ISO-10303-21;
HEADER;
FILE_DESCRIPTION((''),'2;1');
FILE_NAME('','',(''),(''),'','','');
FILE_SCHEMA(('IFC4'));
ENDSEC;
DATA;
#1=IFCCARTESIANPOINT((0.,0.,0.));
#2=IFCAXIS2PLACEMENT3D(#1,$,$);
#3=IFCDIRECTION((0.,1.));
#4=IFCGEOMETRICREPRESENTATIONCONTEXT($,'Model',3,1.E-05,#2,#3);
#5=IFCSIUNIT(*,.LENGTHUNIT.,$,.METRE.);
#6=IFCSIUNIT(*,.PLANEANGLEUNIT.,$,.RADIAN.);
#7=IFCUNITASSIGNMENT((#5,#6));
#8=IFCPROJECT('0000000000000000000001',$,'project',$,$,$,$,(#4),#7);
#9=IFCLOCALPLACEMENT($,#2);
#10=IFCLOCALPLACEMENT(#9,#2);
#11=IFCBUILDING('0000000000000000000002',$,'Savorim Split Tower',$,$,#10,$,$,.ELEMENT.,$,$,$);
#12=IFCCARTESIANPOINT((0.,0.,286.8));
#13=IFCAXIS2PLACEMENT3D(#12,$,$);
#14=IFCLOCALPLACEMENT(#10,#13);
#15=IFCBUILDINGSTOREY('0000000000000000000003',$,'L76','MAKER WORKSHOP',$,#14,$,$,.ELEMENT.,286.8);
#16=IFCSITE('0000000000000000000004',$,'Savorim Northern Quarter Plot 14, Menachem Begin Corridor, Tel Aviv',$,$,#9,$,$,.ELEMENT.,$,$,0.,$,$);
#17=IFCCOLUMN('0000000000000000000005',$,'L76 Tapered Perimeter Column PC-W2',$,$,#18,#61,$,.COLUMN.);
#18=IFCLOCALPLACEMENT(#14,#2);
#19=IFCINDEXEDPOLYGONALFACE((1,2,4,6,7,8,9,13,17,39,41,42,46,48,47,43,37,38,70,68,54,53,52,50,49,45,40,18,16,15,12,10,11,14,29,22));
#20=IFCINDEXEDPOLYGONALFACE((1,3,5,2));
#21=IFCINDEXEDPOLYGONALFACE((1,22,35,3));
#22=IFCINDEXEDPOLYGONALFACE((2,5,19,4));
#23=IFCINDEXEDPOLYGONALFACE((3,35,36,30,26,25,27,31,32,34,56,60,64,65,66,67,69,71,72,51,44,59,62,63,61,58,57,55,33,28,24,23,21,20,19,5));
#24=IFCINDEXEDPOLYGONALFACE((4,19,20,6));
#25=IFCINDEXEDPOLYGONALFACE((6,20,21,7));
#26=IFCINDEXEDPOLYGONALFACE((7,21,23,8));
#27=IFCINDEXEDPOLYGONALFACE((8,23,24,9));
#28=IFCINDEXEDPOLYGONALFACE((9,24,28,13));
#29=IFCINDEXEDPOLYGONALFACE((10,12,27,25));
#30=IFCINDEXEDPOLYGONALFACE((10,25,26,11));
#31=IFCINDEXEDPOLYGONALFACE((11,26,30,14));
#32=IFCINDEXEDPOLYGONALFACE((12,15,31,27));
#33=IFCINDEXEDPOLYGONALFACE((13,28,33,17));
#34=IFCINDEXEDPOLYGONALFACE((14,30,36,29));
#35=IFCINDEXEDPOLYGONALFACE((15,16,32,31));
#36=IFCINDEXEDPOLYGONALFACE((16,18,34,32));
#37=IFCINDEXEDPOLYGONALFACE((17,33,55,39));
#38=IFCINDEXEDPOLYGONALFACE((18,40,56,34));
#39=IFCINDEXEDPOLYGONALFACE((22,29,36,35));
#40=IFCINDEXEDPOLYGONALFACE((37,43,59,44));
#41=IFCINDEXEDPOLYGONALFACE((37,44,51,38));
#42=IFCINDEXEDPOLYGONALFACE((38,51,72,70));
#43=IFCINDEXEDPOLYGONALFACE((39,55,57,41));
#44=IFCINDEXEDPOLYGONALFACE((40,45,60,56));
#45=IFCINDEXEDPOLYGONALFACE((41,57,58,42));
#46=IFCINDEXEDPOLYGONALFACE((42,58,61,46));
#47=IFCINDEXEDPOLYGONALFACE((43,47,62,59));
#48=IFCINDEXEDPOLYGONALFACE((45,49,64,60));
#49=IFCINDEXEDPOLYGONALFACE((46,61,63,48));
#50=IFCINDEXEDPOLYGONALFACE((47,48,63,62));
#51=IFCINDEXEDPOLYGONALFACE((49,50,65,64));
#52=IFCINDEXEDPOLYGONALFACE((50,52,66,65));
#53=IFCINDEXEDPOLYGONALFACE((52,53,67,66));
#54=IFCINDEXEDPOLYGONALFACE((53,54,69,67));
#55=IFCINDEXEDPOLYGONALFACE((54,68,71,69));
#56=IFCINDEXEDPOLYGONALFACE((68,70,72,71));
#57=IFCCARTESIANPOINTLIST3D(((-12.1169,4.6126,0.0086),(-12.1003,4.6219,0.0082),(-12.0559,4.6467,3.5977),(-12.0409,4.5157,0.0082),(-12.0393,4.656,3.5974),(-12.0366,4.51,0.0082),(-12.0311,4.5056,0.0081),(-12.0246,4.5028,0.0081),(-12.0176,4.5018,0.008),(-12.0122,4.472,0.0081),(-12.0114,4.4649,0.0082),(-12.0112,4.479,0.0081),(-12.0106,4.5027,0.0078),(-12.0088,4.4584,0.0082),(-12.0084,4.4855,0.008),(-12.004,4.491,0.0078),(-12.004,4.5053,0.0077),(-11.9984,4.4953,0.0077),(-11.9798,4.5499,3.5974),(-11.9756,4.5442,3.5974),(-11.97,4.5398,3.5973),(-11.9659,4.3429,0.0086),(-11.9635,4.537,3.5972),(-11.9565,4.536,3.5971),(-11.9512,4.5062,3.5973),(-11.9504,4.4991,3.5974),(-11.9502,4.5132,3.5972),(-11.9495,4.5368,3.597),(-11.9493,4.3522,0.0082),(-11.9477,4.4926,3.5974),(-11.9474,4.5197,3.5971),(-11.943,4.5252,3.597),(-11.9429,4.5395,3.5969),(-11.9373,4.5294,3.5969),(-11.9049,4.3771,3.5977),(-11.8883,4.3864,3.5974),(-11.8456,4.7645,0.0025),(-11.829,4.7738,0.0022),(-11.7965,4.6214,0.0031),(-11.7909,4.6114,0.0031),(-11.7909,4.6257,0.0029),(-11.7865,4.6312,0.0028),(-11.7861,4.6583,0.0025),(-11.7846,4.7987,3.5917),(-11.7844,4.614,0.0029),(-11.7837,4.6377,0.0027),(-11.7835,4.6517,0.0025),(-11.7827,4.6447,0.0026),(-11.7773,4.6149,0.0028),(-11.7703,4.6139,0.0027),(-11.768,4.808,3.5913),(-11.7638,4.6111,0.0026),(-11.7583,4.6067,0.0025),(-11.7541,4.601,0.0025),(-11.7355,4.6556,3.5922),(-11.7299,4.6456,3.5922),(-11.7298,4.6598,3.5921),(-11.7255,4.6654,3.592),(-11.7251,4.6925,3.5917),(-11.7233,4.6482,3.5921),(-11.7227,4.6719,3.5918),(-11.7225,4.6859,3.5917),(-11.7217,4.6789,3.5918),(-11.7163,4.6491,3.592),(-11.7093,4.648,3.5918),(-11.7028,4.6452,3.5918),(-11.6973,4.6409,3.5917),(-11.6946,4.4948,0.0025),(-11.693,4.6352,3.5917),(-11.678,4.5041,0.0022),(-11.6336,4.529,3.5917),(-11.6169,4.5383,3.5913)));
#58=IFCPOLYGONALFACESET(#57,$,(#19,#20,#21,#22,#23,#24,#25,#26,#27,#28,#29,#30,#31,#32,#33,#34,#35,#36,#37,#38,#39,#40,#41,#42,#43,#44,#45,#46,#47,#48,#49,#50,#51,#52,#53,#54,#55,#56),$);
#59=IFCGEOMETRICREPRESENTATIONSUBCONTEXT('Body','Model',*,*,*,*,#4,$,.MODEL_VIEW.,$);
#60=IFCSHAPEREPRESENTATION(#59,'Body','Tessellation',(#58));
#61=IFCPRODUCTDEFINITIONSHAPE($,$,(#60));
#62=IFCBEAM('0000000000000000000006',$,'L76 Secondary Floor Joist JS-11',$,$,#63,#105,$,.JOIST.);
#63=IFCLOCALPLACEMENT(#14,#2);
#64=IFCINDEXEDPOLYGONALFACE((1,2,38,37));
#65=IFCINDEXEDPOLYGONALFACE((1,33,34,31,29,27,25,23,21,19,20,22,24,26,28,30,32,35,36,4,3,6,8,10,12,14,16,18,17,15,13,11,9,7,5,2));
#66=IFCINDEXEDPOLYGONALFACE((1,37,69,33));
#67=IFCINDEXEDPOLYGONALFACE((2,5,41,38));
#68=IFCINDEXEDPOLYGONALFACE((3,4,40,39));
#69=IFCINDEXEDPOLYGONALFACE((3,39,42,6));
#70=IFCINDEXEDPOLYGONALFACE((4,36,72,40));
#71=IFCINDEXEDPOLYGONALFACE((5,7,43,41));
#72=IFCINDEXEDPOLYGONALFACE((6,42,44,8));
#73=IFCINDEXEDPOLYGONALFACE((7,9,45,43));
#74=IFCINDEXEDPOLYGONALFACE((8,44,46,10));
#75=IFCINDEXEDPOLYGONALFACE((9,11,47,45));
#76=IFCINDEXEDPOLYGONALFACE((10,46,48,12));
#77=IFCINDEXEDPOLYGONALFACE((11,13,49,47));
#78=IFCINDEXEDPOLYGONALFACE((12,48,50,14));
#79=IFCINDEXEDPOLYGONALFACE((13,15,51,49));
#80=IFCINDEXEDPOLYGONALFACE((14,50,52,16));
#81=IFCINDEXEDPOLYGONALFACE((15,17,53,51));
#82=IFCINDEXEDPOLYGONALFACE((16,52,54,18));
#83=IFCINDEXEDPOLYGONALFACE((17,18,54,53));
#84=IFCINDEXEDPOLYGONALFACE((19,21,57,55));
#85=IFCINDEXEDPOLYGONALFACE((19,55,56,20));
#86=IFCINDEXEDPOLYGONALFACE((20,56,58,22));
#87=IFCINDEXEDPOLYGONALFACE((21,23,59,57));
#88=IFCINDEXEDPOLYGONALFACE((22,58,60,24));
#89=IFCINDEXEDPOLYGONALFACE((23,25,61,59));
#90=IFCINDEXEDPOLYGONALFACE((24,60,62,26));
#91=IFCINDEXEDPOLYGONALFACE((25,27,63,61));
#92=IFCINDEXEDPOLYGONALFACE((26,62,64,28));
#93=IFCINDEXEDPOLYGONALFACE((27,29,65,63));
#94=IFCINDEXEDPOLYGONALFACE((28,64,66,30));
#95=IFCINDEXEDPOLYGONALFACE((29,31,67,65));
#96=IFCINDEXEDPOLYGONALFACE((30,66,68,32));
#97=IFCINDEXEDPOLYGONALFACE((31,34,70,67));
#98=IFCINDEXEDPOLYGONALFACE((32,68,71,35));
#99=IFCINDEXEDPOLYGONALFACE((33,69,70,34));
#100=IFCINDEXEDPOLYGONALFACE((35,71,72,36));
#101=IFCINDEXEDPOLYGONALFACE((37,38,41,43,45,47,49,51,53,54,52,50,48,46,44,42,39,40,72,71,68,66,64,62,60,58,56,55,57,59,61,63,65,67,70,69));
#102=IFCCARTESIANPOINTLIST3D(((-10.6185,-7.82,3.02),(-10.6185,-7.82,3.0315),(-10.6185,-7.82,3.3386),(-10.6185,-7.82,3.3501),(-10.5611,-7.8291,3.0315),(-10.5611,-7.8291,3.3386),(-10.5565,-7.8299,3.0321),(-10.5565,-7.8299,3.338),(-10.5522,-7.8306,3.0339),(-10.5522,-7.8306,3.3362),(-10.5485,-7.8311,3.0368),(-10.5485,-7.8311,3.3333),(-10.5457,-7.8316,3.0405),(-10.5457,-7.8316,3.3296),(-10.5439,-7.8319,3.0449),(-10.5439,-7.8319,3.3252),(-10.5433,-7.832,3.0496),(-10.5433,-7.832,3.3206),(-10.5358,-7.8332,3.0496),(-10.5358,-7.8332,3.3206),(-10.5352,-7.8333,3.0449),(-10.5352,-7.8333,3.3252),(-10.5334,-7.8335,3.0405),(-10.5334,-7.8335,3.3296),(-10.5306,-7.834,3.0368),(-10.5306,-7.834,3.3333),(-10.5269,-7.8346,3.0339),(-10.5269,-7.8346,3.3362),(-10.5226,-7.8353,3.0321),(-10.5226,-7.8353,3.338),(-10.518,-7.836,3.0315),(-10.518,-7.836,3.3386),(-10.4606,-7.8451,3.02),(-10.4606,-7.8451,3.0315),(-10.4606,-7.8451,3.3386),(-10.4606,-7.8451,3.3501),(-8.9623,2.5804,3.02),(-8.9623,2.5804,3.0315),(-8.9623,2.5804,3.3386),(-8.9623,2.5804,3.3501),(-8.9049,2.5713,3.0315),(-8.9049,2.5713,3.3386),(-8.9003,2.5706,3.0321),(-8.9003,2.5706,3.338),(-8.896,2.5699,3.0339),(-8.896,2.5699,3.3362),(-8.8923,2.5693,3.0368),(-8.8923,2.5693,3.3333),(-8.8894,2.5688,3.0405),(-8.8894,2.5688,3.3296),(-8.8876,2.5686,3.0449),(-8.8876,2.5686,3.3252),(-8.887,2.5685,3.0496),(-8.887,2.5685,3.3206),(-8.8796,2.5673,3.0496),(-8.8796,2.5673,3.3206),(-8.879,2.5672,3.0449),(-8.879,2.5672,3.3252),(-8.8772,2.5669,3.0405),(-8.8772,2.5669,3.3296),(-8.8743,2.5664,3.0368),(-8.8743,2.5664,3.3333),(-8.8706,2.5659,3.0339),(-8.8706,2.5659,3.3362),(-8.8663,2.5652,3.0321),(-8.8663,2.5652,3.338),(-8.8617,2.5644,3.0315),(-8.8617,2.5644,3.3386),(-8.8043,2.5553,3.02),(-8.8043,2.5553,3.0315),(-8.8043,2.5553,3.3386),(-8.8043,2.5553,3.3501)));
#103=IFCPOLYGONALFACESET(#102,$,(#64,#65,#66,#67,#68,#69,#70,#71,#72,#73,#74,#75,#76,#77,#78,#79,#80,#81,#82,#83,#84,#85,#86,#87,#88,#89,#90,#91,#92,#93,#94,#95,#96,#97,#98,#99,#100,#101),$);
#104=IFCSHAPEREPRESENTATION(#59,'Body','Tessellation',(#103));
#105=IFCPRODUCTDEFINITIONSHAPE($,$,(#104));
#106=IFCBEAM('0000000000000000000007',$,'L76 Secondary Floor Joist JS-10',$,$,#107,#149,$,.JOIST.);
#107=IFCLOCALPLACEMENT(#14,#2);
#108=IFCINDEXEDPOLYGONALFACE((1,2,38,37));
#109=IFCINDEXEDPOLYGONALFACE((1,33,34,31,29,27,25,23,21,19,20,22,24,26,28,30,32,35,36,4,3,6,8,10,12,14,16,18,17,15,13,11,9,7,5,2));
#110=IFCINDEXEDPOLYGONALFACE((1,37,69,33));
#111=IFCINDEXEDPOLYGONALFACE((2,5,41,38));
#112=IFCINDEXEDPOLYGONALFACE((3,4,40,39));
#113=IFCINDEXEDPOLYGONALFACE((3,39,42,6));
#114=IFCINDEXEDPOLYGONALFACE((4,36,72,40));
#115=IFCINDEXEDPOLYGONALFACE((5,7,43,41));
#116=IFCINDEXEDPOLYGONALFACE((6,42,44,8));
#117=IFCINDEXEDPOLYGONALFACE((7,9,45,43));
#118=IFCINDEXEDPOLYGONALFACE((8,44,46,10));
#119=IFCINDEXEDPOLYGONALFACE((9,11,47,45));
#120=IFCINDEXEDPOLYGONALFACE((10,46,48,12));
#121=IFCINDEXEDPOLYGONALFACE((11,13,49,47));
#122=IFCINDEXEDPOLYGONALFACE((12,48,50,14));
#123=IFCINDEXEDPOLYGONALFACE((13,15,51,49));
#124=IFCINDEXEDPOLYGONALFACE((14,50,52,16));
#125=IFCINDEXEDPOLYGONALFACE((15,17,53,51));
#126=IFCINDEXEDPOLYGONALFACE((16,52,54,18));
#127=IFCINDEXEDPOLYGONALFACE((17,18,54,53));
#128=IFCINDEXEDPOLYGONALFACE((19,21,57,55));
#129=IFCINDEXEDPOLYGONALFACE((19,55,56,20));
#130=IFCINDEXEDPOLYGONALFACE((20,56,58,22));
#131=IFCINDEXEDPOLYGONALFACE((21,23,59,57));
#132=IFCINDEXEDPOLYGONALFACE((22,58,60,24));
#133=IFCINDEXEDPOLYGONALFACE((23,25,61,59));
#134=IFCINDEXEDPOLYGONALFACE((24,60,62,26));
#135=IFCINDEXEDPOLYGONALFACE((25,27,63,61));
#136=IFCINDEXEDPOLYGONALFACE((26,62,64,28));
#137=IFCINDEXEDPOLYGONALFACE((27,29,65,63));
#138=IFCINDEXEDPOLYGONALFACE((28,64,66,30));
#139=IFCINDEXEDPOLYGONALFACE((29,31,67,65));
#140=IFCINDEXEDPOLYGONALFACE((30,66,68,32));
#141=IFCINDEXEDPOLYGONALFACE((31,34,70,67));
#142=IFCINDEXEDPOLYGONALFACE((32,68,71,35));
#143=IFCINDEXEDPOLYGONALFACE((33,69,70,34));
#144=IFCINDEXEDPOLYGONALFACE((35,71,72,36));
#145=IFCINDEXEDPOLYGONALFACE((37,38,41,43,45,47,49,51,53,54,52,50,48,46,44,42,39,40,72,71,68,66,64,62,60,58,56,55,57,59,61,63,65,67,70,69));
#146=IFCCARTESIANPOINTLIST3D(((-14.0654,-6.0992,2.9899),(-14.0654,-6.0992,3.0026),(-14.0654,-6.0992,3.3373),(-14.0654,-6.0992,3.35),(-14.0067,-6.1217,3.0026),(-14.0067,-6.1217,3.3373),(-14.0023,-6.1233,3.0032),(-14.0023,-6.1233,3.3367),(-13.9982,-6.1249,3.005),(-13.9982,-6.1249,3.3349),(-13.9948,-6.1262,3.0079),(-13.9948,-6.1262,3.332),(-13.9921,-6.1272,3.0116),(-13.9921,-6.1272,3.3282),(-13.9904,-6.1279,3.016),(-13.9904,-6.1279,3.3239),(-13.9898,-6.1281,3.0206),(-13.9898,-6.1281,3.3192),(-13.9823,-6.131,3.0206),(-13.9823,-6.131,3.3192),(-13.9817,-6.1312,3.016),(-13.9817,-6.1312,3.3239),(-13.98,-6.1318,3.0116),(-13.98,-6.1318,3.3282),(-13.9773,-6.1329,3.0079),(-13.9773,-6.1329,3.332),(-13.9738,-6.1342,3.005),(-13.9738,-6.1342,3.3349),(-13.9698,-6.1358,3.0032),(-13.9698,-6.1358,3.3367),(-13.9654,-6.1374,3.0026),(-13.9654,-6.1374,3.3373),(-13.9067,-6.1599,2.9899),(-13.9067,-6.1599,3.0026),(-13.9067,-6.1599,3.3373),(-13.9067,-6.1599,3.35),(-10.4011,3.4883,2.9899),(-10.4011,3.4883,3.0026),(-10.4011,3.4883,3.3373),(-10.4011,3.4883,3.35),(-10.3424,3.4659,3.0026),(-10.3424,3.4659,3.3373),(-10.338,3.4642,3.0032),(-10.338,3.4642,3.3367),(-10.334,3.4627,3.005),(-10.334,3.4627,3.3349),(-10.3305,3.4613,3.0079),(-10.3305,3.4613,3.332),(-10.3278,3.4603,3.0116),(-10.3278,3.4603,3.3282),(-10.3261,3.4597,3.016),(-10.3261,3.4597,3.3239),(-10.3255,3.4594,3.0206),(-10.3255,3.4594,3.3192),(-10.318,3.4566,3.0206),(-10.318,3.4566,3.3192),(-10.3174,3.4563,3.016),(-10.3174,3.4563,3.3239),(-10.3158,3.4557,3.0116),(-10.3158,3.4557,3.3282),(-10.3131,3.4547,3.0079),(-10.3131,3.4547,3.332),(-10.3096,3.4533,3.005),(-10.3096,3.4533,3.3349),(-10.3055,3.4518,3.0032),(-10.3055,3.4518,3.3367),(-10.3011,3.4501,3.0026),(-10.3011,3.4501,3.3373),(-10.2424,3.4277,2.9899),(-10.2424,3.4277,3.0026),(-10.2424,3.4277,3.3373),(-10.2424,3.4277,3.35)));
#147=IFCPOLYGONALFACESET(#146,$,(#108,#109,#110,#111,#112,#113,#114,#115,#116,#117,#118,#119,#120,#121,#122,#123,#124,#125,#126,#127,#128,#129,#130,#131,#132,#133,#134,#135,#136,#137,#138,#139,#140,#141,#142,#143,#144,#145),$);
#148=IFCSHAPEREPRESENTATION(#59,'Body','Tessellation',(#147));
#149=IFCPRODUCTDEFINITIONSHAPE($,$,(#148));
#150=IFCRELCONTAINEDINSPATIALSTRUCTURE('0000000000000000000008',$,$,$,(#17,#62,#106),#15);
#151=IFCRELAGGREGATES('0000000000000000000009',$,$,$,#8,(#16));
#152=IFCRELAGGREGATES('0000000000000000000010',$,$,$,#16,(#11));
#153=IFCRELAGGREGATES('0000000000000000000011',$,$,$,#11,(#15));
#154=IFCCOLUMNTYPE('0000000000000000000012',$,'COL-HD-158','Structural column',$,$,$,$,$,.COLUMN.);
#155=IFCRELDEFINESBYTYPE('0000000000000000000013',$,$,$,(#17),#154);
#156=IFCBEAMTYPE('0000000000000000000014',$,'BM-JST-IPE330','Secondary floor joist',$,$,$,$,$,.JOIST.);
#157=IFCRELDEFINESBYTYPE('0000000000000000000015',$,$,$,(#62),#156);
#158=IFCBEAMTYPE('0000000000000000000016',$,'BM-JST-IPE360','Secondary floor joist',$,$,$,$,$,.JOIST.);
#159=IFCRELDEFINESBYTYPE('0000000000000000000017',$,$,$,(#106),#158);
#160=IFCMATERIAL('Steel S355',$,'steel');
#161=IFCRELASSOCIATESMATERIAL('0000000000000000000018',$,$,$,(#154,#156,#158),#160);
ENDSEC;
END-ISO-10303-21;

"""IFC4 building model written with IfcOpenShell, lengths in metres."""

from ifc_helpers import new_model, si_unit, direction, frame, origin, origin_2d, place, context, subcontext, project, spatial, i_section, extrude, material, material_profile, profile_set, type_object, element, save


model = new_model("IFC4")

# Units and contexts
model_context = context("Model", 3, precision=1e-05, world=origin(), true_north=direction((0.0, 1.0)))
body_context = subcontext(model_context, "Body", "Model", "MODEL_VIEW")
ifc_project = project(units=[si_unit("LENGTHUNIT", "METRE"), si_unit("PLANEANGLEUNIT", "RADIAN")], contexts=[model_context])

# Site, building, storey
site_placement = place(None, origin())
site = spatial("IfcSite", under=ifc_project, at=site_placement, Name="Savorim Northern Quarter Plot 14, Menachem Begin Corridor, Tel Aviv", CompositionType="ELEMENT", RefElevation=0.0)
building_placement = place(site_placement, origin())
building = spatial("IfcBuilding", under=site, at=building_placement, Name="Savorim Split Tower", CompositionType="ELEMENT")
storey_placement = place(building_placement, frame((0.0, 0.0, 286.8)))
storey = spatial("IfcBuildingStorey", under=building, at=storey_placement, Name="L76", Description="MAKER WORKSHOP", CompositionType="ELEMENT", Elevation=286.8)

# Column
ifc_material_1 = material(Name="Steel S355", Category="steel")
ifc_material_profile_1 = material_profile(ifc_material_1, i_section(OverallWidth=0.3091, OverallDepth=0.3301, WebThickness=0.0115, FlangeThickness=0.019, FilletRadius=0.0271, at=origin_2d()), Name="HD 320x158")
ifc_profile_set_1 = profile_set([ifc_material_profile_1], Name="Steel S355")
column_type = type_object("IfcColumnType", Name="COL-HD-158", Description="Structural column", PredefinedType="COLUMN", material=ifc_profile_set_1)
column_placement = place(storey_placement, frame((-11.8975, 4.5583, 0.0054), z_axis=(0.017002, 0.009521, 0.99981), x_axis=(-0.488603, 0.872506, 0.0)))
element("IfcColumn", 1, at=column_placement, inside=storey, type_object=column_type, Name="L76 Tapered Perimeter Column PC-W2", PredefinedType="COLUMN", context=body_context, shape_type="SweptSolid", body=[
    extrude(i_section(OverallWidth=0.3091, OverallDepth=0.3301, WebThickness=0.0115, FlangeThickness=0.019, FilletRadius=0.0271, at=origin_2d()), origin(), (0.0, 0.0, 1.0), 3.5898),
])

# Beams
ifc_material_profile_2 = material_profile(ifc_material_1, i_section(OverallWidth=0.1599, OverallDepth=0.3301, WebThickness=0.0076, FlangeThickness=0.0115, FilletRadius=0.0181, at=origin_2d()), Name="IPE 330")
ifc_profile_set_2 = profile_set([ifc_material_profile_2], Name="Steel S355")
beam_type_1 = type_object("IfcBeamType", Name="BM-JST-IPE330", Description="Secondary floor joist", PredefinedType="JOIST", material=ifc_profile_set_2)
beam_1_placement = place(storey_placement, frame((-8.8833, 2.5679, 3.1851), z_axis=(-0.157267, -0.987556, 0.0), x_axis=(0.987556, -0.157267, 0.0)))
element("IfcBeam", 2, at=beam_1_placement, inside=storey, type_object=beam_type_1, Name="L76 Secondary Floor Joist JS-11", PredefinedType="JOIST", context=body_context, shape_type="SweptSolid", body=[
    extrude(i_section(OverallWidth=0.1599, OverallDepth=0.3301, WebThickness=0.0076, FlangeThickness=0.0115, FilletRadius=0.0181, at=origin_2d()), origin(), (0.0, 0.0, 1.0), 10.5315),
])
ifc_material_profile_3 = material_profile(ifc_material_1, i_section(OverallWidth=0.1699, OverallDepth=0.3601, WebThickness=0.0081, FlangeThickness=0.0127, FilletRadius=0.0181, at=origin_2d()), Name="IPE 360")
ifc_profile_set_3 = profile_set([ifc_material_profile_3], Name="Steel S355")
beam_type_2 = type_object("IfcBeamType", Name="BM-JST-IPE360", Description="Secondary floor joist", PredefinedType="JOIST", material=ifc_profile_set_3)
beam_2_placement = place(storey_placement, frame((-10.3218, 3.458, 3.1699), z_axis=(-0.357005, -0.934102, 0.0), x_axis=(0.934102, -0.357005, 0.0)))
element("IfcBeam", 3, at=beam_2_placement, inside=storey, type_object=beam_type_2, Name="L76 Secondary Floor Joist JS-10", PredefinedType="JOIST", context=body_context, shape_type="SweptSolid", body=[
    extrude(i_section(OverallWidth=0.1699, OverallDepth=0.3601, WebThickness=0.0081, FlangeThickness=0.0127, FilletRadius=0.0181, at=origin_2d()), origin(), (0.0, 0.0, 1.0), 10.2639),
])

save(model, "model.ifc")
